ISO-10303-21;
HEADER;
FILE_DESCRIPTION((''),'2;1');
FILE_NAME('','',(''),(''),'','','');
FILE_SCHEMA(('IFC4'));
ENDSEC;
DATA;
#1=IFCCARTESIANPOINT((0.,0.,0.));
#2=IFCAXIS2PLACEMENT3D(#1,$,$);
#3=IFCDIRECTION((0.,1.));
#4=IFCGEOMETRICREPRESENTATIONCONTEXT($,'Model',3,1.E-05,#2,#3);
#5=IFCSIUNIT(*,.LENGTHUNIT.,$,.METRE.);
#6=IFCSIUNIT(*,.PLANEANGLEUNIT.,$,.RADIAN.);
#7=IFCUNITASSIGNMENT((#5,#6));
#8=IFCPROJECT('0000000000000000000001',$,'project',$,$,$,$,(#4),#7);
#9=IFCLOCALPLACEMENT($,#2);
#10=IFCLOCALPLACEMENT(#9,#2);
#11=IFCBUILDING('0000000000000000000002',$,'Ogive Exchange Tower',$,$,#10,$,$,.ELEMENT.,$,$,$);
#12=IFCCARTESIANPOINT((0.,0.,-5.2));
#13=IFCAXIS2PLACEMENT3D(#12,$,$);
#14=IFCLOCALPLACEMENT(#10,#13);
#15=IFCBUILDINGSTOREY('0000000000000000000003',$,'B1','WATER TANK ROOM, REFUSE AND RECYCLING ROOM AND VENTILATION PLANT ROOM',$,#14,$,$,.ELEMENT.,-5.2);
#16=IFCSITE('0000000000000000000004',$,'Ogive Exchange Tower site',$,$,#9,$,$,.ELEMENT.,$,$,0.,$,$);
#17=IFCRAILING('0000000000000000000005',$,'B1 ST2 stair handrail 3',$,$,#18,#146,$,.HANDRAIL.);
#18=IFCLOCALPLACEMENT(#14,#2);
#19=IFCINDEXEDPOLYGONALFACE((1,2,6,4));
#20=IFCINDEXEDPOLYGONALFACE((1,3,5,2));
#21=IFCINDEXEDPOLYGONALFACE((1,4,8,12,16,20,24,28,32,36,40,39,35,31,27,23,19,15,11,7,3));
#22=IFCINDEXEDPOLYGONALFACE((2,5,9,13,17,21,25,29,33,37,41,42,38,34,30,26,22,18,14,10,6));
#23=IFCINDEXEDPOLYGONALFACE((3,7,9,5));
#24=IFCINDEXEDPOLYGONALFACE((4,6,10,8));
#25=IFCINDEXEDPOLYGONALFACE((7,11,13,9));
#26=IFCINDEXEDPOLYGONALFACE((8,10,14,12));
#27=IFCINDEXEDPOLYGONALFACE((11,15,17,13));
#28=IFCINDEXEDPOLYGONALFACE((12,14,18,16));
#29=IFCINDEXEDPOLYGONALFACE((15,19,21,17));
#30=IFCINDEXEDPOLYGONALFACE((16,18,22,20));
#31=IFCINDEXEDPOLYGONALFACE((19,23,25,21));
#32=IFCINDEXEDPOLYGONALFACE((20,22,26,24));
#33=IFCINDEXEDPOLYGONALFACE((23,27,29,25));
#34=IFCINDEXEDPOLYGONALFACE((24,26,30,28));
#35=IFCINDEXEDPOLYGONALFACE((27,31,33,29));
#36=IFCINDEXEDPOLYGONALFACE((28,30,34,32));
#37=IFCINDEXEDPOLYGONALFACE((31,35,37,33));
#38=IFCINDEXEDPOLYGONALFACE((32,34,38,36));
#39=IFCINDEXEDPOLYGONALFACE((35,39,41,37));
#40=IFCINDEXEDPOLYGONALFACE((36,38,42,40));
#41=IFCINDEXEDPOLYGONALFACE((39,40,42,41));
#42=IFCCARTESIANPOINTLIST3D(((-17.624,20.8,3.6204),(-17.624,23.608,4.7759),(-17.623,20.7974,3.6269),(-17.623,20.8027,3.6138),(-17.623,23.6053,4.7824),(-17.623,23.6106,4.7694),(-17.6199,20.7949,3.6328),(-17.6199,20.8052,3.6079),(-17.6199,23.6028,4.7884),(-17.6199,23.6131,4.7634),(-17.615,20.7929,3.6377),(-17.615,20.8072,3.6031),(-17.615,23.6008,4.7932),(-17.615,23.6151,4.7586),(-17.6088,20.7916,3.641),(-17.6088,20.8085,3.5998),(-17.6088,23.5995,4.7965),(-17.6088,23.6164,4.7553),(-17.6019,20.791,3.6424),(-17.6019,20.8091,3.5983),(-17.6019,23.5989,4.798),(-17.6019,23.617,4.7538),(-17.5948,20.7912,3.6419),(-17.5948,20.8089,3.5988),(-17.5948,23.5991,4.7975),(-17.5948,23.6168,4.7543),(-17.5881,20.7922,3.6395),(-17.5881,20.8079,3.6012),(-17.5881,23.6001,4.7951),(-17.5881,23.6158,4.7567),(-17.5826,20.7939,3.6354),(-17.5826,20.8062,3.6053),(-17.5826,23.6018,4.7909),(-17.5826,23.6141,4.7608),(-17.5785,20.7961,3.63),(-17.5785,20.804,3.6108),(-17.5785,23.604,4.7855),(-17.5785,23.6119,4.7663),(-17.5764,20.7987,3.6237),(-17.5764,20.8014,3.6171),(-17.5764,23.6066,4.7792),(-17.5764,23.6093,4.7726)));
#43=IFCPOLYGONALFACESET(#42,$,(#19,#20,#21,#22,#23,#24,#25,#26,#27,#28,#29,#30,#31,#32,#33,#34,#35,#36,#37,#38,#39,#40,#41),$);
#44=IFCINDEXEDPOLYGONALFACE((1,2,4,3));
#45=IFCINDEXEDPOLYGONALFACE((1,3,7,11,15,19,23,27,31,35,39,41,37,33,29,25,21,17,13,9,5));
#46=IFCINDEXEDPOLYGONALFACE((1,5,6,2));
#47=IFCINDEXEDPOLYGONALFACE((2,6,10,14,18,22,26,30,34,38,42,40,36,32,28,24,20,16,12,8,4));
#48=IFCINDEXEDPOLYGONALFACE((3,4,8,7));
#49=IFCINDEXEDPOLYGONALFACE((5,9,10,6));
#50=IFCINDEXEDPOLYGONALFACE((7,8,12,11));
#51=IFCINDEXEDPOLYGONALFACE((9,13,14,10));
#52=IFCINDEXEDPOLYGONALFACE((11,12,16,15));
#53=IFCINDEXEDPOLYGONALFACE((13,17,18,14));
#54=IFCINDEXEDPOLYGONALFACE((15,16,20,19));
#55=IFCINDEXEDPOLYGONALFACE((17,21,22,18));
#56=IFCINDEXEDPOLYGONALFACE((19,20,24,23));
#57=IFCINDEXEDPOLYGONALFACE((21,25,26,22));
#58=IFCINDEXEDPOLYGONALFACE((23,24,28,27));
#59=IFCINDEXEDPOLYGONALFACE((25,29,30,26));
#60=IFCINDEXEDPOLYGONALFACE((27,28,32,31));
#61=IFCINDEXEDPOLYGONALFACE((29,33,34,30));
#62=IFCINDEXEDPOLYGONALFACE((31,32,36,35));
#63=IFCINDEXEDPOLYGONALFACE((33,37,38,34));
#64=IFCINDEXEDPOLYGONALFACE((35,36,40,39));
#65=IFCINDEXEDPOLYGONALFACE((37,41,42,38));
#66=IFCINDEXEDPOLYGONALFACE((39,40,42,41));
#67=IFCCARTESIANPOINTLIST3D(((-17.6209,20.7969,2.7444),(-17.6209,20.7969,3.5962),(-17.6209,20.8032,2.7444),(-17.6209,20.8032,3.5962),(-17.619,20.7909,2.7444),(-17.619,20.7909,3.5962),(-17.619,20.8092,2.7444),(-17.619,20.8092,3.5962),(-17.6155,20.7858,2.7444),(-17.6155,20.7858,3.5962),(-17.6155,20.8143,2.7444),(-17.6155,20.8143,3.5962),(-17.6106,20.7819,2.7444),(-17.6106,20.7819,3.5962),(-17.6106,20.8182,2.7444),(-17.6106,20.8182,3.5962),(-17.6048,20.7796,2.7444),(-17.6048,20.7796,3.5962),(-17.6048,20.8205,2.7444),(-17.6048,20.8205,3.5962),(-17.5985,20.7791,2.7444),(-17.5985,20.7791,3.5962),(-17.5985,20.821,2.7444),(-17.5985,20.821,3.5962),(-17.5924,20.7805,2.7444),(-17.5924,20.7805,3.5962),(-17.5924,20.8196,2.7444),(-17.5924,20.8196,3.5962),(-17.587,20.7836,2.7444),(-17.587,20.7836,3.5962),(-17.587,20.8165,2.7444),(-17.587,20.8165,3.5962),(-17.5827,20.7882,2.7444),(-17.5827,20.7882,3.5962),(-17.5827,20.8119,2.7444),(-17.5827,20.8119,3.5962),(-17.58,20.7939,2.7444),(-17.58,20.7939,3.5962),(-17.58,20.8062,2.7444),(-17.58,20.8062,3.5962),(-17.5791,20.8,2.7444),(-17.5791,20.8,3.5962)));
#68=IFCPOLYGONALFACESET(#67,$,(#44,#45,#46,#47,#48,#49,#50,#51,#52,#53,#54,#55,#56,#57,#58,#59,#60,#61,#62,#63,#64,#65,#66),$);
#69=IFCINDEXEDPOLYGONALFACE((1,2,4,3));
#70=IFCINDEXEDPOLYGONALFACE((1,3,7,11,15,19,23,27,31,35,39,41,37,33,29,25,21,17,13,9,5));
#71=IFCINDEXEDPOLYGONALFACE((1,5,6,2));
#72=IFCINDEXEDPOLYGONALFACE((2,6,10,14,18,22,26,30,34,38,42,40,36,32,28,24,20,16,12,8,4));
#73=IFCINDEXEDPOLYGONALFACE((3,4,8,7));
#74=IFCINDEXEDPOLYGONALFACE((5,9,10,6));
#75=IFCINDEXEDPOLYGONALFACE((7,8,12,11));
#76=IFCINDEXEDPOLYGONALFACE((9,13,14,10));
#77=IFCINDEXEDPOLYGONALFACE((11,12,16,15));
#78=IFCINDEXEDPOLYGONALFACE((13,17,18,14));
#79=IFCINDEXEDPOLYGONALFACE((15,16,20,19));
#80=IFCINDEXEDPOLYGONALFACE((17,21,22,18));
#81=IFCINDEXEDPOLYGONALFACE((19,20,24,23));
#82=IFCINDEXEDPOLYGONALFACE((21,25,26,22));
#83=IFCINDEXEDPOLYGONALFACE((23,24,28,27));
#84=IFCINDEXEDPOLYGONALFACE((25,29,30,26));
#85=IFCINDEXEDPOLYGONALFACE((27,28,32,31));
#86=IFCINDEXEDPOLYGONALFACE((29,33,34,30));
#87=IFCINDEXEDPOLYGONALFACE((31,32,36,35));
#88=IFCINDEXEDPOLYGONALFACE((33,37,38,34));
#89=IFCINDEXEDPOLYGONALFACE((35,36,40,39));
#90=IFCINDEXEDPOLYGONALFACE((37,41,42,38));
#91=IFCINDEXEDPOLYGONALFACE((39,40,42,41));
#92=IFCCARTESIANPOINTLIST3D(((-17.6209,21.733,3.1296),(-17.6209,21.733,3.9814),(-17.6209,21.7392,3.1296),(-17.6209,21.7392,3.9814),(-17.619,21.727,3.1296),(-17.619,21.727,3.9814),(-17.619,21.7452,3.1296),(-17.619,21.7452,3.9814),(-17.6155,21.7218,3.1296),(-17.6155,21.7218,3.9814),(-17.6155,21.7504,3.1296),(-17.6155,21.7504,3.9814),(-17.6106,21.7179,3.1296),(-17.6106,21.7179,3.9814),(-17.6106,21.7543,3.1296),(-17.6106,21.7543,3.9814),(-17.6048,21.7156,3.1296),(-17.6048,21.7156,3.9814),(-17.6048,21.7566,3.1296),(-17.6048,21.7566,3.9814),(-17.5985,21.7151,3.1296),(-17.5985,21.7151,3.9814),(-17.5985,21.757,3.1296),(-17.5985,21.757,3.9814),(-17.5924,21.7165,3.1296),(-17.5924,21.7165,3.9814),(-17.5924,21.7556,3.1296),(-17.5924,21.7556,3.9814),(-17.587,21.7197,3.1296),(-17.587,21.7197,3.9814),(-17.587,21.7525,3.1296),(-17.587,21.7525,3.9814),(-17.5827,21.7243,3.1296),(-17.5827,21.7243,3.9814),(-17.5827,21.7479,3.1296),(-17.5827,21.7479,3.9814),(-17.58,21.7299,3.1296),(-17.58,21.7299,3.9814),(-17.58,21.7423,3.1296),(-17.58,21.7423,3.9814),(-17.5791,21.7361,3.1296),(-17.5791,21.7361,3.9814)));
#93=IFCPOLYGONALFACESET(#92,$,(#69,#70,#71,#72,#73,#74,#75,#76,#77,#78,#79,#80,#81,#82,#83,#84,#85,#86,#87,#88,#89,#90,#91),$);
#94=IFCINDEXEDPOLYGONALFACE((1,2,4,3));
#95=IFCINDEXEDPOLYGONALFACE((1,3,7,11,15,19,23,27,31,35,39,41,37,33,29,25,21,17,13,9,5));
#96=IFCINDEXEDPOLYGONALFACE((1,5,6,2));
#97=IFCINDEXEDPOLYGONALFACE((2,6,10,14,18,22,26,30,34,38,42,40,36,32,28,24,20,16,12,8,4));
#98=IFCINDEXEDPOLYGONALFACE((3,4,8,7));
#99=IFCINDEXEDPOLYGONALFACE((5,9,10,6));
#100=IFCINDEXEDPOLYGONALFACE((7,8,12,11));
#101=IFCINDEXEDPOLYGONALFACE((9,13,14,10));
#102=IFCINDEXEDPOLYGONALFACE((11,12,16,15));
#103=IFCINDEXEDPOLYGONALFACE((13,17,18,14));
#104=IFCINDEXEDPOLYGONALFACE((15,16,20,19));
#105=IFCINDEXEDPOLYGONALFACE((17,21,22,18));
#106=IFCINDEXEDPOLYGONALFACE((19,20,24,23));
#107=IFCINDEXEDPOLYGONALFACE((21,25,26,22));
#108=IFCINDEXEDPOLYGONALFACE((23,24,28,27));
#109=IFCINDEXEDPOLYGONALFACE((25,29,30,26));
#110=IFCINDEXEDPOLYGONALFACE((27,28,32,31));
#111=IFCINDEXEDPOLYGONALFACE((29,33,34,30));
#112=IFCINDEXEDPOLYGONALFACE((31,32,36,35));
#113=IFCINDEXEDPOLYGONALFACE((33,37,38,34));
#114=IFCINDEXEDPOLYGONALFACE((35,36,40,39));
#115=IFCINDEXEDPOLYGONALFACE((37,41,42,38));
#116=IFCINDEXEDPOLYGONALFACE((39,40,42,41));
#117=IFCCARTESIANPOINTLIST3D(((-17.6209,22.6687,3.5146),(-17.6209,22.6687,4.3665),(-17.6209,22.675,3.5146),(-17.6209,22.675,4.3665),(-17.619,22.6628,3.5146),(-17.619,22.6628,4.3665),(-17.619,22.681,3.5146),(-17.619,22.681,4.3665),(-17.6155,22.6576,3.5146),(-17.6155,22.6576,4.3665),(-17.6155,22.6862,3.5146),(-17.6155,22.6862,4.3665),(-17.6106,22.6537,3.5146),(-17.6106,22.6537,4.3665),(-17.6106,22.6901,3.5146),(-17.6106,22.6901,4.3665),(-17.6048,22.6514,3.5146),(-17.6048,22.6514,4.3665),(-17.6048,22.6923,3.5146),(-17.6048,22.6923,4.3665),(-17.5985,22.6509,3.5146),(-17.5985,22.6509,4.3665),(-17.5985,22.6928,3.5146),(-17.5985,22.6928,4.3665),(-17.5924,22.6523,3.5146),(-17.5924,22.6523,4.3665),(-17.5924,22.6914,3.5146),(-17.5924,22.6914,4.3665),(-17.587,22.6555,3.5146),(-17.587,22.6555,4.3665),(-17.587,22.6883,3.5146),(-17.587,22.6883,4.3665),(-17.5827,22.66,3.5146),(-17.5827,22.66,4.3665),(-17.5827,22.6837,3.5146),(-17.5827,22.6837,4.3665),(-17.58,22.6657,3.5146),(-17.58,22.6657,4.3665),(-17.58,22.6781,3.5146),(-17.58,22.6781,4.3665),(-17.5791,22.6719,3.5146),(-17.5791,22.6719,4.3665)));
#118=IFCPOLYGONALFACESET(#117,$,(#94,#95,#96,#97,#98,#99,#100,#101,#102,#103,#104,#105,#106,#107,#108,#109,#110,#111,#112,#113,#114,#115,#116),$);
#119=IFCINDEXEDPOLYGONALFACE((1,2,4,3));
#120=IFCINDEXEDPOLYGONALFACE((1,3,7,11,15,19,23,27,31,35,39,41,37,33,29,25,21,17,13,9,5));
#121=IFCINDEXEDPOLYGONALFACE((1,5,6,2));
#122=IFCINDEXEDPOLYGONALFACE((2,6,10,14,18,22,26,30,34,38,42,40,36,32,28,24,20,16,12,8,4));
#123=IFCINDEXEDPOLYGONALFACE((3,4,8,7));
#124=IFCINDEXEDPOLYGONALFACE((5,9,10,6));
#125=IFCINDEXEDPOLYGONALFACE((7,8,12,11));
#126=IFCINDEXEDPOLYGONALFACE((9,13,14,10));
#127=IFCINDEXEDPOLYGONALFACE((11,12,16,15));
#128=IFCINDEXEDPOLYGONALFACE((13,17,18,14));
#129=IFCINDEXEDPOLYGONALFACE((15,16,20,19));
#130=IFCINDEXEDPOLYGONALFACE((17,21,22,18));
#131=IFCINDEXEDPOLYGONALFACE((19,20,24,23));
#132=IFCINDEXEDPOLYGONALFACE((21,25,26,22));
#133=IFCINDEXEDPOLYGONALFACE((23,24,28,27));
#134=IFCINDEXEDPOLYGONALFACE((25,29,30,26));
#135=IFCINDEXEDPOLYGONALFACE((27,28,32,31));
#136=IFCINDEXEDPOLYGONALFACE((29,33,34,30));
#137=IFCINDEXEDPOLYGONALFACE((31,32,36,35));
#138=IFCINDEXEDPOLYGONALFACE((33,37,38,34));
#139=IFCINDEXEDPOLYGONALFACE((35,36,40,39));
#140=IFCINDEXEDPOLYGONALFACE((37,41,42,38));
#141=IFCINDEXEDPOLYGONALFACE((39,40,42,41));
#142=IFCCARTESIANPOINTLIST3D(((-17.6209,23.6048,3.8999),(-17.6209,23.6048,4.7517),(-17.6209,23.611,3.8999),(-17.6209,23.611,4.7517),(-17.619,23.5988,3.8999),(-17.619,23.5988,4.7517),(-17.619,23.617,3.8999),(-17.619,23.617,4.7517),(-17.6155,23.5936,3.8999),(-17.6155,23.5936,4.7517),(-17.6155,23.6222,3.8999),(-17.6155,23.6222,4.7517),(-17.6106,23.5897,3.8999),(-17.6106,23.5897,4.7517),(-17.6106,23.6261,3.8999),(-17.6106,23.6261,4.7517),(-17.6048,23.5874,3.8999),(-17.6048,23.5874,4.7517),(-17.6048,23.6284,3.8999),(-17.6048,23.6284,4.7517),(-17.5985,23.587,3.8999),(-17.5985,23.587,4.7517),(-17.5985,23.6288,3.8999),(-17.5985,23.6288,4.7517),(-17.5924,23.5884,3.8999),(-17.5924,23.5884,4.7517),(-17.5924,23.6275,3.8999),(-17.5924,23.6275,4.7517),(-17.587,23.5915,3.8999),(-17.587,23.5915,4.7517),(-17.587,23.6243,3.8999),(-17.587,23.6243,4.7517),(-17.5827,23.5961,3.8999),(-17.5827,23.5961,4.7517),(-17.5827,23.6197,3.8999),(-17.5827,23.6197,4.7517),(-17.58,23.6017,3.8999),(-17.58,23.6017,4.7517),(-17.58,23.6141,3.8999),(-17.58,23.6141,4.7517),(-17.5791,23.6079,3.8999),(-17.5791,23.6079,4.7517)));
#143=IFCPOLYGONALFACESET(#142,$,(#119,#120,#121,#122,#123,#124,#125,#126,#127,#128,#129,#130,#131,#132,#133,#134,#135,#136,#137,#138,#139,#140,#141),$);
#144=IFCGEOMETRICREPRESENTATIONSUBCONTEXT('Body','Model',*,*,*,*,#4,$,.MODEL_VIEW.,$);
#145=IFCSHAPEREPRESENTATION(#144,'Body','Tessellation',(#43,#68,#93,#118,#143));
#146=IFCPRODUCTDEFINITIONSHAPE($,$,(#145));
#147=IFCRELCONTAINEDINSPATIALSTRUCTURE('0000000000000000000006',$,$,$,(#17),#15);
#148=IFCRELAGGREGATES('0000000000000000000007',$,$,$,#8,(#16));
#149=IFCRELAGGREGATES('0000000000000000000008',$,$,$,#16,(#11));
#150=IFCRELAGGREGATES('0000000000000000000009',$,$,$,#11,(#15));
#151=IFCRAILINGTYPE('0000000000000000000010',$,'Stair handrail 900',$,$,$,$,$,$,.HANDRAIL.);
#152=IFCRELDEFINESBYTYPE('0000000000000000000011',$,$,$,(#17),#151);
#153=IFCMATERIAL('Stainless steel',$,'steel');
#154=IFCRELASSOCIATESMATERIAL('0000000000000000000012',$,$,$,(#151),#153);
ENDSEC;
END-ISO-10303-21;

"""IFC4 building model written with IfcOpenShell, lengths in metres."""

from ifc_helpers import new_model, si_unit, direction, frame, origin, origin_2d, place, context, subcontext, project, spatial, circle, extrude, material, type_object, element, save


model = new_model("IFC4")

# Units and contexts
model_context = context("Model", 3, precision=1e-05, world=origin(), true_north=direction((0.0, 1.0)))
body_context = subcontext(model_context, "Body", "Model", "MODEL_VIEW")
ifc_project = project(units=[si_unit("LENGTHUNIT", "METRE"), si_unit("PLANEANGLEUNIT", "RADIAN")], contexts=[model_context])

# Site, building, storey
site_placement = place(None, origin())
site = spatial("IfcSite", under=ifc_project, at=site_placement, Name="Ogive Exchange Tower site", CompositionType="ELEMENT", RefElevation=0.0)
building_placement = place(site_placement, origin())
building = spatial("IfcBuilding", under=site, at=building_placement, Name="Ogive Exchange Tower", CompositionType="ELEMENT")
storey_placement = place(building_placement, frame((0.0, 0.0, -5.2)))
storey = spatial("IfcBuildingStorey", under=building, at=storey_placement, Name="B1", Description="WATER TANK ROOM, REFUSE AND RECYCLING ROOM AND VENTILATION PLANT ROOM", CompositionType="ELEMENT", Elevation=-5.2)

# Railing
ifc_material_1 = material(Name="Stainless steel", Category="steel")
railing_type = type_object("IfcRailingType", Name="Stair handrail 900", PredefinedType="HANDRAIL", material=ifc_material_1)
railing_1_placement = place(storey_placement, frame((-17.6001, 20.8, 2.7444)))
element("IfcRailing", 1, at=railing_1_placement, inside=storey, type_object=railing_type, Name="B1 ST2 stair handrail 3", PredefinedType="HANDRAIL", context=body_context, shape_type="SweptSolid", body=[
    extrude(circle(Radius=0.0239, at=origin_2d()), frame((0.0, 0.0, 0.876), z_axis=(0.0, 0.924755, 0.380564), x_axis=(-1.0, 0.0, 0.0)), (0.0, 0.0, 1.0), 3.0364),
    extrude(circle(Radius=0.021, at=origin_2d()), origin(), (0.0, 0.0, 1.0), 0.8518),
    extrude(circle(Radius=0.021, at=origin_2d()), frame((0.0, 0.936, 0.3853)), (0.0, 0.0, 1.0), 0.8518),
    extrude(circle(Radius=0.021, at=origin_2d()), frame((0.0, 1.8718, 0.7703)), (0.0, 0.0, 1.0), 0.8518),
    extrude(circle(Radius=0.021, at=origin_2d()), frame((0.0, 2.8079, 1.1555)), (0.0, 0.0, 1.0), 0.8518),
])

save(model, "model.ifc")
